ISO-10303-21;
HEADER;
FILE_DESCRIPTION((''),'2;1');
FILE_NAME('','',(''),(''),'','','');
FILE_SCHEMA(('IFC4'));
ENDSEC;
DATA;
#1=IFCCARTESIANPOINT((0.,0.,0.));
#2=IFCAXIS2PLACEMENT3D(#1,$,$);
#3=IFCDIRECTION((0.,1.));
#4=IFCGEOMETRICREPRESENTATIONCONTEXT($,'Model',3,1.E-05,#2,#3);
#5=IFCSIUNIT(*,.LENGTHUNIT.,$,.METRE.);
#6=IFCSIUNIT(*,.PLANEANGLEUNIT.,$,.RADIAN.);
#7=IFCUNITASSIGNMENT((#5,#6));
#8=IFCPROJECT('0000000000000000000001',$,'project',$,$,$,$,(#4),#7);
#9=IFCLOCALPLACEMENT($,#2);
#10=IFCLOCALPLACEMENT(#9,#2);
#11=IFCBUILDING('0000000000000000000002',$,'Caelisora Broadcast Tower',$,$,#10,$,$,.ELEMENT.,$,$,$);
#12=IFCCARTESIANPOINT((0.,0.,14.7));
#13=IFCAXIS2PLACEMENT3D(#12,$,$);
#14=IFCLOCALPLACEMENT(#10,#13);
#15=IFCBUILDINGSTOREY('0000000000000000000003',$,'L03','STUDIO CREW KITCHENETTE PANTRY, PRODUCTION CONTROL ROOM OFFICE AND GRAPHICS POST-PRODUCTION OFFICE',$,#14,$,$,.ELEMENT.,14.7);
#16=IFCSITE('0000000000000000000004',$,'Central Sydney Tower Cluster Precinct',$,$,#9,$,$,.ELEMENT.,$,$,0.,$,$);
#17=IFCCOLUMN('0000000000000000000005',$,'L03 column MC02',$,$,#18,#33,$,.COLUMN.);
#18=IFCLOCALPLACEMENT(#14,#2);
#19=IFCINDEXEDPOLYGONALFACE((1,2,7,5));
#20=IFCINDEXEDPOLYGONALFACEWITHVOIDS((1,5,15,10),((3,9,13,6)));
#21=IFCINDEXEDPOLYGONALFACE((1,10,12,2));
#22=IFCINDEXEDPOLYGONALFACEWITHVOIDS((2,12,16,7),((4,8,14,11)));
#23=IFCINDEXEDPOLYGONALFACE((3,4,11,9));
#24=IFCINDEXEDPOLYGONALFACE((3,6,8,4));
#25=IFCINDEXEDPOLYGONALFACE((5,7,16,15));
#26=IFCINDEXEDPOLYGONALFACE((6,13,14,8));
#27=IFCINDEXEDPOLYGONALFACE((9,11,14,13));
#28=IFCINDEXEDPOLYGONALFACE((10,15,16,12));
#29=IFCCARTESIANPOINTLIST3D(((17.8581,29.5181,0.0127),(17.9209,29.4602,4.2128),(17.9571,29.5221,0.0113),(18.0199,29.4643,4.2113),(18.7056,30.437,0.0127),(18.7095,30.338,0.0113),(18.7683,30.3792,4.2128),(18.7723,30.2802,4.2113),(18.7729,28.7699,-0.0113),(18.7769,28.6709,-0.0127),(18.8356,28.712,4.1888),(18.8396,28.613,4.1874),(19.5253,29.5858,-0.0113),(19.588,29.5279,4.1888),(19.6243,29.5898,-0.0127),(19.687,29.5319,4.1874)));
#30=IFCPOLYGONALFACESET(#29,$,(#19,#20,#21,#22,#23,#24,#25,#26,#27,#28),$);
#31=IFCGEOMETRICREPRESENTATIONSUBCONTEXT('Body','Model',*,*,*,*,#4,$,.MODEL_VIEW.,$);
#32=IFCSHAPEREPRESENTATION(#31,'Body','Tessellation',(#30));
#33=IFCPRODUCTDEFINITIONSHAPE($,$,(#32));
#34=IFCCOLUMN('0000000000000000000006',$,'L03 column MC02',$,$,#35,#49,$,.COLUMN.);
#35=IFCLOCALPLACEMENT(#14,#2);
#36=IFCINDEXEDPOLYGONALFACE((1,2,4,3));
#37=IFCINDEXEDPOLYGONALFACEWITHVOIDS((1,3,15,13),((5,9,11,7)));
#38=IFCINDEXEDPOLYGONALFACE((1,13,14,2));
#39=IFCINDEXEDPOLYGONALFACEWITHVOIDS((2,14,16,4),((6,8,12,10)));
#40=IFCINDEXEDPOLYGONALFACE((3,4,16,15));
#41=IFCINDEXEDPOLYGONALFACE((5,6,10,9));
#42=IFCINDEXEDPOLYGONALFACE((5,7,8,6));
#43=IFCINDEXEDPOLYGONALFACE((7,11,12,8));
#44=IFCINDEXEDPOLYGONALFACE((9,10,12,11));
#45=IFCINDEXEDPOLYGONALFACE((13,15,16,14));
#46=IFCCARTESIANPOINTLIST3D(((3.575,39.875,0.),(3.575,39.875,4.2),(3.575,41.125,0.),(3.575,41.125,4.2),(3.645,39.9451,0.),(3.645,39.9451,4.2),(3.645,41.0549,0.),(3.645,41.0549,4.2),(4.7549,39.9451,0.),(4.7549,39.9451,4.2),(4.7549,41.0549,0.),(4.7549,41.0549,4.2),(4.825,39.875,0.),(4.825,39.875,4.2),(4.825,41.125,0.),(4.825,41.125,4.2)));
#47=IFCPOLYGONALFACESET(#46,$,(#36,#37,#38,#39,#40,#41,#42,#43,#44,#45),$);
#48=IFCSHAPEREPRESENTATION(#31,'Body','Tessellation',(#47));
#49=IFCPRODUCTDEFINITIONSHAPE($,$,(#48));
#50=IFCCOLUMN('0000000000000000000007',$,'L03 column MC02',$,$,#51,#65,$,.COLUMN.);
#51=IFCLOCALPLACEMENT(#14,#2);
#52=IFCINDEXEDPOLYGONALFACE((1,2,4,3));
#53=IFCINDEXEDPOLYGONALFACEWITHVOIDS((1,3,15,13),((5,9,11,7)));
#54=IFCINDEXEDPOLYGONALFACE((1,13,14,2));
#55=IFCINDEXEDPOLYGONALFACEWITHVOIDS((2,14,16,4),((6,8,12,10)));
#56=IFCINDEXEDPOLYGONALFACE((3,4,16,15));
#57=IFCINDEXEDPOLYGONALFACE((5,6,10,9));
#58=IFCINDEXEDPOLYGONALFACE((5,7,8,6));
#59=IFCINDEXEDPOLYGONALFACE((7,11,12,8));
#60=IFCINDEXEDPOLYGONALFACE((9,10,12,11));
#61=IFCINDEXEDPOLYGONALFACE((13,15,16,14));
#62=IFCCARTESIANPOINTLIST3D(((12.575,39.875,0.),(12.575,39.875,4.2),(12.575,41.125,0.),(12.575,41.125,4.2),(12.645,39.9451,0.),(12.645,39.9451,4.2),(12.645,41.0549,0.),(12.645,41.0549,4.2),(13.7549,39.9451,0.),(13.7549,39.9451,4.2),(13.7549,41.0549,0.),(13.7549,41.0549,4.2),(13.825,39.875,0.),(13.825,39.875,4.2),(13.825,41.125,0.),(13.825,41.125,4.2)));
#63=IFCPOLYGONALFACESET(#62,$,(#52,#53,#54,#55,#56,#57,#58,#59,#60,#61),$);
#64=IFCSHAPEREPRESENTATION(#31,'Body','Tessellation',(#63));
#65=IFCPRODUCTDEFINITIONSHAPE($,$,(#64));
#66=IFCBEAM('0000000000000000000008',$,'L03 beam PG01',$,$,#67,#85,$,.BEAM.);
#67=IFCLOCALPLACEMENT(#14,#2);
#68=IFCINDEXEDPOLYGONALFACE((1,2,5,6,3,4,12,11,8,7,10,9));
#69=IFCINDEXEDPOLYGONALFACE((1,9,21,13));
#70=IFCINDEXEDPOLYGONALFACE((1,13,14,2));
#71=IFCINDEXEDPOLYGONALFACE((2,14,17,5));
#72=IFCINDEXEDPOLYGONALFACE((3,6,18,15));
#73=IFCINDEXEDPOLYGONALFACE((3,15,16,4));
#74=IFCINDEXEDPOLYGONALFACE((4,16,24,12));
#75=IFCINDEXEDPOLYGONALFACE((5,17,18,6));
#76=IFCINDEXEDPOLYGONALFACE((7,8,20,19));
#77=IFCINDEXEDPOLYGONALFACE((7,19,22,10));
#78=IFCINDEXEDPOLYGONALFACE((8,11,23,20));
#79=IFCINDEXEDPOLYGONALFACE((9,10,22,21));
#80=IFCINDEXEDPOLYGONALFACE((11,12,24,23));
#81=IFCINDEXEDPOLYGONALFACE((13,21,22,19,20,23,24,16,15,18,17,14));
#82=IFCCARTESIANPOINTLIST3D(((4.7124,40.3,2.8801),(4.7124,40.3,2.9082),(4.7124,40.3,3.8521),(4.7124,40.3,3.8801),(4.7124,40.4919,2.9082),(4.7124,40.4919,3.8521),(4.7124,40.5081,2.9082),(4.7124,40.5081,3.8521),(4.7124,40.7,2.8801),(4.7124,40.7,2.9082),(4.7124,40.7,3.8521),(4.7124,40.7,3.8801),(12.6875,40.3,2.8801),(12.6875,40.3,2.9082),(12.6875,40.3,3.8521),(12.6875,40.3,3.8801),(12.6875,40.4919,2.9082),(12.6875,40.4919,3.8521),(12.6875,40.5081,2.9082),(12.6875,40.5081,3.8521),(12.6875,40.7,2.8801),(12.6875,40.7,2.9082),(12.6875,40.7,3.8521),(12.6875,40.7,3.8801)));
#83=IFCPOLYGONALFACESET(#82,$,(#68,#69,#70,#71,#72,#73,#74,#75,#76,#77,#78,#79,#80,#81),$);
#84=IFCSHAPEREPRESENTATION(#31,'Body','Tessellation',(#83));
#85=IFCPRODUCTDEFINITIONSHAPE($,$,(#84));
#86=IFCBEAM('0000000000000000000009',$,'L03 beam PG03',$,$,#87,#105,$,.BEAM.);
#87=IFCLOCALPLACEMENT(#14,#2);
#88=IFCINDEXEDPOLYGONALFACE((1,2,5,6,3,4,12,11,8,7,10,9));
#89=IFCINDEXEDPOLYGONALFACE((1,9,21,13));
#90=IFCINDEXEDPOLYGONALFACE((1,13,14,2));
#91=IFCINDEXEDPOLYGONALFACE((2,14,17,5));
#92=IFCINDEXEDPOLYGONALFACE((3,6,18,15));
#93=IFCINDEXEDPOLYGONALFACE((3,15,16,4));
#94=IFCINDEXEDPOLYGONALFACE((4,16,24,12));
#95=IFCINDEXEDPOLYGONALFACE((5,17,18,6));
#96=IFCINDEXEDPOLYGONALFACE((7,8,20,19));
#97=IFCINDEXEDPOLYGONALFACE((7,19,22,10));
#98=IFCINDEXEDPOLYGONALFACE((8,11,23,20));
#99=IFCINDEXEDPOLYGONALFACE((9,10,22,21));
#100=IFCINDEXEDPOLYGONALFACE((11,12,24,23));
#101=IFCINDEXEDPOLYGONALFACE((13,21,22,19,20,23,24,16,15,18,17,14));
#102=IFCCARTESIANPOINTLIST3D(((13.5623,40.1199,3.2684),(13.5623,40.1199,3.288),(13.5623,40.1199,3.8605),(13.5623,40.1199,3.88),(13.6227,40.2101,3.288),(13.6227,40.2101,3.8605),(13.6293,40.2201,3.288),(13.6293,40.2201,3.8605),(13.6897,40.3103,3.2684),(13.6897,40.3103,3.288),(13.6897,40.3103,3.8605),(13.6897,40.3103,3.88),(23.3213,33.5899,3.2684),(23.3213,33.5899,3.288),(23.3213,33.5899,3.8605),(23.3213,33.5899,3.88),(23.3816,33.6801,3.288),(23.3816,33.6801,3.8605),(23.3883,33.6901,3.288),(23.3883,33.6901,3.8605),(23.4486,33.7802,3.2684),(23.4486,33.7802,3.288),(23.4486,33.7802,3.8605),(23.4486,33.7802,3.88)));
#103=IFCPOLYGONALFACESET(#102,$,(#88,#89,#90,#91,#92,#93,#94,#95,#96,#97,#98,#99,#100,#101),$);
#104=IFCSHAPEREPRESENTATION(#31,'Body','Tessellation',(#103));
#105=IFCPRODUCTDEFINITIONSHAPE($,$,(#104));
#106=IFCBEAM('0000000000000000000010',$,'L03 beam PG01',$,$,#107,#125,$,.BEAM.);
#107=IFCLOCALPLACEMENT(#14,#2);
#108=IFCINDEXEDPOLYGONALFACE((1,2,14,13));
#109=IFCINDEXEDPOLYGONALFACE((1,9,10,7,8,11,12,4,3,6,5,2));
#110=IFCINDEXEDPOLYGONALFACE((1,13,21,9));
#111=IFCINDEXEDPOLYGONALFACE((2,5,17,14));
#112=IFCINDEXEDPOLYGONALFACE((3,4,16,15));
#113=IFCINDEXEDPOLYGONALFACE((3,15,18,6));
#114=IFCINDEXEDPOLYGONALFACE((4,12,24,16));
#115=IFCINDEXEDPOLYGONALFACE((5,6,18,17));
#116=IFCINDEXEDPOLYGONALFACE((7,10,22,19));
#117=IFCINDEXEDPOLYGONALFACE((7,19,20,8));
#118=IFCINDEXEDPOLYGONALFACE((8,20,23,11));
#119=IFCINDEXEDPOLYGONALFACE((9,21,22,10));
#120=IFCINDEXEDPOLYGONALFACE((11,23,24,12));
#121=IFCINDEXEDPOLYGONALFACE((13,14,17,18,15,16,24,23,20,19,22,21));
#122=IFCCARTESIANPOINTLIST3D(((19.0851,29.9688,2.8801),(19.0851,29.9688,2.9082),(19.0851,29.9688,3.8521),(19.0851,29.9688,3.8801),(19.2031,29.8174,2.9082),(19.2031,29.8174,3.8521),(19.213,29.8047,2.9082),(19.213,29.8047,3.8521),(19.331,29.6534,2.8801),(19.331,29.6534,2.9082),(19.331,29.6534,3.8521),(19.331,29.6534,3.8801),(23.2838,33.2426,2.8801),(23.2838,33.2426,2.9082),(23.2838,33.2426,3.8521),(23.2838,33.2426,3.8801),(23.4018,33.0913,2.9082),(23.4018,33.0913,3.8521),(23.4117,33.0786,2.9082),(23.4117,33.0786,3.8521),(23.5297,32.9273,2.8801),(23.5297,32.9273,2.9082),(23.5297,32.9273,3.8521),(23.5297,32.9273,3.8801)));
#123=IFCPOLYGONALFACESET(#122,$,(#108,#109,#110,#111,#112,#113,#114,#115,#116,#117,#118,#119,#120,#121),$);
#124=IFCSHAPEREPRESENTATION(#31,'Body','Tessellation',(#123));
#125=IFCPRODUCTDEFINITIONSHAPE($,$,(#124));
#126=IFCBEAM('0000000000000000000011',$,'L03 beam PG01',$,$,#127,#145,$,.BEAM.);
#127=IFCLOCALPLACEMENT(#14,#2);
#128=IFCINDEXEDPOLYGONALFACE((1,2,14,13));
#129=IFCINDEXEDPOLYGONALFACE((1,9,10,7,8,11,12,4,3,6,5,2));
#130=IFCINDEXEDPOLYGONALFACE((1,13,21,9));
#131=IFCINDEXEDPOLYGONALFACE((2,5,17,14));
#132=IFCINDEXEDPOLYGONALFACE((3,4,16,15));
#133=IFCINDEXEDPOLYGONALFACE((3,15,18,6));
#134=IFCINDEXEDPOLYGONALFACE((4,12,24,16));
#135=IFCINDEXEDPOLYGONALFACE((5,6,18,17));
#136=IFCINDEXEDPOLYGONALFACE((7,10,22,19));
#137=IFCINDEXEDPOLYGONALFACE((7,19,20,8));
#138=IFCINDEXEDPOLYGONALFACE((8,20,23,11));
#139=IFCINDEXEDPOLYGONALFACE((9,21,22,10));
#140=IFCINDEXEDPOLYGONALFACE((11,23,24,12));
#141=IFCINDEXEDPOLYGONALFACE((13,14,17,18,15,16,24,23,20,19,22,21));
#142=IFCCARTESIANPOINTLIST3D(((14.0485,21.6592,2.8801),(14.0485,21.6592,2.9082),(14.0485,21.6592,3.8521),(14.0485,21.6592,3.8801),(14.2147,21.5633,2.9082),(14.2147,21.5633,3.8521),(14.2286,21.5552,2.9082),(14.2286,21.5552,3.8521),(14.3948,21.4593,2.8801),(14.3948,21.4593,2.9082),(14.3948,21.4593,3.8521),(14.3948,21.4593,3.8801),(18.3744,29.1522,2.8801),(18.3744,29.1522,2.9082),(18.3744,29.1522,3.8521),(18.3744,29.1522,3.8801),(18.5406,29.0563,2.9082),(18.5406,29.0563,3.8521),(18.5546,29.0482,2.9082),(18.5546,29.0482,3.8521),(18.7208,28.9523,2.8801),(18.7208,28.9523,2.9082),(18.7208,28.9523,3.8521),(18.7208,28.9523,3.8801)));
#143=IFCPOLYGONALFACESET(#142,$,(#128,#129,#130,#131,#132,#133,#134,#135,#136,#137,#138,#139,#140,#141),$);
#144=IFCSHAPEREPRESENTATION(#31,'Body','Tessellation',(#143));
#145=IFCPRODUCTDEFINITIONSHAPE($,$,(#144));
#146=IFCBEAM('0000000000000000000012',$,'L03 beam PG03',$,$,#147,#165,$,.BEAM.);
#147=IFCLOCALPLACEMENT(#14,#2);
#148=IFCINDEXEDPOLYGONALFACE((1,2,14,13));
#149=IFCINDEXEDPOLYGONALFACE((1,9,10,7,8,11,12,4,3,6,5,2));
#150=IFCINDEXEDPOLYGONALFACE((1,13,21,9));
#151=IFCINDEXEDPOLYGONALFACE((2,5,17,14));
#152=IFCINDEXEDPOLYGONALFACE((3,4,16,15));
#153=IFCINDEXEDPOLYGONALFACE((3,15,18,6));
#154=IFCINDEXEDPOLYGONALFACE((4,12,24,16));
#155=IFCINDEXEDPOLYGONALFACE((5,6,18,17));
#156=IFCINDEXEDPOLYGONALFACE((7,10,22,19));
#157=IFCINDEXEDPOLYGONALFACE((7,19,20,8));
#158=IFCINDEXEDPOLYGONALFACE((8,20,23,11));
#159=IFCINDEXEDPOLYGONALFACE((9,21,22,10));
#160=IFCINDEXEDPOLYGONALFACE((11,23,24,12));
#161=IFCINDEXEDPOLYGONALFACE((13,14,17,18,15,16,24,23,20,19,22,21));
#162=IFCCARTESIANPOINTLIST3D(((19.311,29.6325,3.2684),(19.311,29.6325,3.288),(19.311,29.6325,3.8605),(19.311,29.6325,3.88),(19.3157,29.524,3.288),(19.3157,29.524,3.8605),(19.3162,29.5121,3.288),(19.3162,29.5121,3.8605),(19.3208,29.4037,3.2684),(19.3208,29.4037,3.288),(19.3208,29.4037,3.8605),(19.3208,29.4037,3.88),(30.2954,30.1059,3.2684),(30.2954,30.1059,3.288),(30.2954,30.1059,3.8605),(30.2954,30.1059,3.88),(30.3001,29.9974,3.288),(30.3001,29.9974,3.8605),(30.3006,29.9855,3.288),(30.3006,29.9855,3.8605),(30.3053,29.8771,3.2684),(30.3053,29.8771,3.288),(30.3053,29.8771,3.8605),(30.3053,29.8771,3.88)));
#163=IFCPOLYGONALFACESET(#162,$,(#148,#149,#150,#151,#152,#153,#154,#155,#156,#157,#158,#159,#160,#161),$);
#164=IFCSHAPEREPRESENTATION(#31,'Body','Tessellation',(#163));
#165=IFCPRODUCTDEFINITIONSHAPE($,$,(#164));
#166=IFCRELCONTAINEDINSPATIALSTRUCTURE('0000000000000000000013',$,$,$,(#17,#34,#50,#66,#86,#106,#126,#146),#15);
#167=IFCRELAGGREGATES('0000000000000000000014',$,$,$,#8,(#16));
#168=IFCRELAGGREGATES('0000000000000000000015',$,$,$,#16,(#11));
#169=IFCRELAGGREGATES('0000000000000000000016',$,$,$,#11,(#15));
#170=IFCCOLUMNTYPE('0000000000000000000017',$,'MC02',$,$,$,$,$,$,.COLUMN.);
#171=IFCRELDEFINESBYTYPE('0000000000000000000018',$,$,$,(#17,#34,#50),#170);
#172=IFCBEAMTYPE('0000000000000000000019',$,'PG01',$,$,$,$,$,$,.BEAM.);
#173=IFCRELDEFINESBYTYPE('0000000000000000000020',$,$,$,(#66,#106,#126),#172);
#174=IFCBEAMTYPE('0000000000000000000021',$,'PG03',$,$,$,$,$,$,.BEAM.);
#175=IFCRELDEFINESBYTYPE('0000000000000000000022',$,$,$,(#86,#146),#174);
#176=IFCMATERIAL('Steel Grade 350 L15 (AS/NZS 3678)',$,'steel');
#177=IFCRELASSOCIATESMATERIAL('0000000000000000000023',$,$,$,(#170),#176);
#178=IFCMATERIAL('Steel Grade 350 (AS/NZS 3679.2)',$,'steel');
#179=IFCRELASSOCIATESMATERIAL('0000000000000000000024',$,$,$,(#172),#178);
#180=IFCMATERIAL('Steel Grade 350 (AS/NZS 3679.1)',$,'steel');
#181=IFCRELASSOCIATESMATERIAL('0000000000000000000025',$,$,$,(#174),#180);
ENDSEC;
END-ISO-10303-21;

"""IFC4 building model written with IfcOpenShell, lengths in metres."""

from ifc_helpers import new_model, si_unit, direction, frame, origin, origin_2d, place, context, subcontext, project, spatial, hollow_rectangle, i_section, extrude, source, transform, mapped, material, material_profile, profile_set, type_object, type_shapes, element, save


model = new_model("IFC4")

# Units and contexts
model_context = context("Model", 3, precision=1e-05, world=origin(), true_north=direction((0.0, 1.0)))
body_context = subcontext(model_context, "Body", "Model", "MODEL_VIEW")
ifc_project = project(units=[si_unit("LENGTHUNIT", "METRE"), si_unit("PLANEANGLEUNIT", "RADIAN")], contexts=[model_context])

# Site, building, storey
site_placement = place(None, origin())
site = spatial("IfcSite", under=ifc_project, at=site_placement, Name="Central Sydney Tower Cluster Precinct", CompositionType="ELEMENT", RefElevation=0.0)
building_placement = place(site_placement, origin())
building = spatial("IfcBuilding", under=site, at=building_placement, Name="Caelisora Broadcast Tower", CompositionType="ELEMENT")
storey_placement = place(building_placement, frame((0.0, 0.0, 14.7)))
storey = spatial("IfcBuildingStorey", under=building, at=storey_placement, Name="L03", Description="STUDIO CREW KITCHENETTE PANTRY, PRODUCTION CONTROL ROOM OFFICE AND GRAPHICS POST-PRODUCTION OFFICE", CompositionType="ELEMENT", Elevation=14.7)

# Columns
ifc_material_1 = material(Name="Steel Grade 350 L15 (AS/NZS 3678)", Category="steel")
ifc_material_profile_1 = material_profile(ifc_material_1, hollow_rectangle(XDim=1.25, YDim=1.25, WallThickness=0.0701, at=origin_2d()), Name="Steel Grade 350 L15 (AS/NZS 3678)")
ifc_profile_set_1 = profile_set([ifc_material_profile_1], Name="Steel Grade 350 L15 (AS/NZS 3678)")
column_type = type_object("IfcColumnType", Name="MC02", PredefinedType="COLUMN", material=ifc_profile_set_1)
shared_shape_1 = source(origin(), body_context, "Body", "SweptSolid", [
    extrude(hollow_rectangle(XDim=1.25, YDim=1.25, WallThickness=0.0701, at=origin_2d()), origin(), (0.0, 0.0, 1.0), 4.2009),
])
column_placement = place(storey_placement, frame((18.7412, 29.554, 0.0), z_axis=(0.014936, -0.013774, 0.999794), x_axis=(0.677924, 0.735132, 0.0)))
element("IfcColumn", 1, at=column_placement, inside=storey, type_object=column_type, Name="L03 column MC02", PredefinedType="COLUMN", context=body_context, shape_type="MappedRepresentation", body=[
    mapped(shared_shape_1, transform((0.0, 0.0, 0.0), scale=1.0)),
])
shared_shape_2 = source(origin(), body_context, "Body", "SweptSolid", [
    extrude(hollow_rectangle(XDim=1.25, YDim=1.25, WallThickness=0.0701, at=origin_2d()), origin(), (0.0, 0.0, 1.0), 4.2),
])
type_shapes(column_type, [shared_shape_1, shared_shape_2])
for number, where, z_axis, x_axis, name in (
    (2, (4.2, 40.5, 0.0), (0.0, 0.0, 1.0), (1.0, 0.0, 0.0), "L03 column MC02"),
    (3, (13.2, 40.5, 0.0), (0.0, 0.0, 1.0), (1.0, 0.0, 0.0), "L03 column MC02"),
):
    element("IfcColumn", number, at=place(storey_placement, frame(where, z_axis=z_axis, x_axis=x_axis)), inside=storey, type_object=column_type, Name=name, PredefinedType="COLUMN", context=body_context, shape_type="MappedRepresentation", body=[
        mapped(shared_shape_2, transform((0.0, 0.0, 0.0), scale=1.0)),
    ])

# Beams
ifc_material_2 = material(Name="Steel Grade 350 (AS/NZS 3679.2)", Category="steel")
ifc_material_profile_2 = material_profile(ifc_material_2, i_section(OverallWidth=0.3999, OverallDepth=1.0, WebThickness=0.0161, FlangeThickness=0.0281, at=origin_2d()), Name="Steel Grade 350 (AS/NZS 3679.2)")
ifc_profile_set_2 = profile_set([ifc_material_profile_2], Name="Steel Grade 350 (AS/NZS 3679.2)")
beam_type_1 = type_object("IfcBeamType", Name="PG01", PredefinedType="BEAM", material=ifc_profile_set_2)
shared_shape_3 = source(origin(), body_context, "Body", "SweptSolid", [
    extrude(i_section(OverallWidth=0.3999, OverallDepth=1.0, WebThickness=0.0161, FlangeThickness=0.0281, at=origin_2d()), origin(), (0.0, 0.0, 1.0), 7.9751),
])
beam_1_placement = place(storey_placement, frame((4.7124, 40.5, 3.3801), z_axis=(1.0, 0.0, 0.0), x_axis=(0.0, 1.0, 0.0)))
element("IfcBeam", 4, at=beam_1_placement, inside=storey, type_object=beam_type_1, Name="L03 beam PG01", PredefinedType="BEAM", context=body_context, shape_type="MappedRepresentation", body=[
    mapped(shared_shape_3, transform((0.0, 0.0, 0.0), scale=1.0)),
])
ifc_material_3 = material(Name="Steel Grade 350 (AS/NZS 3679.1)", Category="steel")
ifc_material_profile_3 = material_profile(ifc_material_3, i_section(OverallWidth=0.229, OverallDepth=0.6116, WebThickness=0.012, FlangeThickness=0.0195, at=origin_2d()), Name="Steel Grade 350 (AS/NZS 3679.1)")
ifc_profile_set_3 = profile_set([ifc_material_profile_3], Name="Steel Grade 350 (AS/NZS 3679.1)")
beam_type_2 = type_object("IfcBeamType", Name="PG03", PredefinedType="BEAM", material=ifc_profile_set_3)
shared_shape_4 = source(origin(), body_context, "Body", "SweptSolid", [
    extrude(i_section(OverallWidth=0.229, OverallDepth=0.6116, WebThickness=0.012, FlangeThickness=0.0195, at=origin_2d()), origin(), (0.0, 0.0, 1.0), 11.7422),
])
beam_2_placement = place(storey_placement, frame((13.626, 40.2151, 3.5742), z_axis=(0.831105, -0.556115, 0.0), x_axis=(0.556115, 0.831105, 0.0)))
element("IfcBeam", 5, at=beam_2_placement, inside=storey, type_object=beam_type_2, Name="L03 beam PG03", PredefinedType="BEAM", context=body_context, shape_type="MappedRepresentation", body=[
    mapped(shared_shape_4, transform((0.0, 0.0, 0.0), scale=1.0)),
])
shared_shape_5 = source(origin(), body_context, "Body", "SweptSolid", [
    extrude(i_section(OverallWidth=0.3999, OverallDepth=1.0, WebThickness=0.0161, FlangeThickness=0.0281, at=origin_2d()), origin(), (0.0, 0.0, 1.0), 5.3242),
])
beam_3_placement = place(storey_placement, frame((23.4067, 33.085, 3.3801), z_axis=(-0.788601, -0.614905, 0.0), x_axis=(0.614905, -0.788601, 0.0)))
element("IfcBeam", 6, at=beam_3_placement, inside=storey, type_object=beam_type_1, Name="L03 beam PG01", PredefinedType="BEAM", context=body_context, shape_type="MappedRepresentation", body=[
    mapped(shared_shape_5, transform((0.0, 0.0, 0.0), scale=1.0)),
])
shared_shape_6 = source(origin(), body_context, "Body", "SweptSolid", [
    extrude(i_section(OverallWidth=0.3999, OverallDepth=1.0, WebThickness=0.0161, FlangeThickness=0.0281, at=origin_2d()), origin(), (0.0, 0.0, 1.0), 8.6521),
])
type_shapes(beam_type_1, [shared_shape_3, shared_shape_5, shared_shape_6])
beam_4_placement = place(storey_placement, frame((18.5476, 29.0522, 3.3801), z_axis=(-0.49999, -0.866031, 0.0), x_axis=(0.866031, -0.49999, 0.0)))
element("IfcBeam", 7, at=beam_4_placement, inside=storey, type_object=beam_type_1, Name="L03 beam PG01", PredefinedType="BEAM", context=body_context, shape_type="MappedRepresentation", body=[
    mapped(shared_shape_6, transform((0.0, 0.0, 0.0), scale=1.0)),
])
shared_shape_7 = source(origin(), body_context, "Body", "SweptSolid", [
    extrude(i_section(OverallWidth=0.229, OverallDepth=0.6116, WebThickness=0.012, FlangeThickness=0.0195, at=origin_2d()), origin(), (0.0, 0.0, 1.0), 10.9946),
])
type_shapes(beam_type_2, [shared_shape_4, shared_shape_7])
beam_5_placement = place(storey_placement, frame((19.3159, 29.5181, 3.5742), z_axis=(0.999073, 0.043057, 0.0), x_axis=(-0.043057, 0.999073, 0.0)))
element("IfcBeam", 8, at=beam_5_placement, inside=storey, type_object=beam_type_2, Name="L03 beam PG03", PredefinedType="BEAM", context=body_context, shape_type="MappedRepresentation", body=[
    mapped(shared_shape_7, transform((0.0, 0.0, 0.0), scale=1.0)),
])

save(model, "model.ifc")
